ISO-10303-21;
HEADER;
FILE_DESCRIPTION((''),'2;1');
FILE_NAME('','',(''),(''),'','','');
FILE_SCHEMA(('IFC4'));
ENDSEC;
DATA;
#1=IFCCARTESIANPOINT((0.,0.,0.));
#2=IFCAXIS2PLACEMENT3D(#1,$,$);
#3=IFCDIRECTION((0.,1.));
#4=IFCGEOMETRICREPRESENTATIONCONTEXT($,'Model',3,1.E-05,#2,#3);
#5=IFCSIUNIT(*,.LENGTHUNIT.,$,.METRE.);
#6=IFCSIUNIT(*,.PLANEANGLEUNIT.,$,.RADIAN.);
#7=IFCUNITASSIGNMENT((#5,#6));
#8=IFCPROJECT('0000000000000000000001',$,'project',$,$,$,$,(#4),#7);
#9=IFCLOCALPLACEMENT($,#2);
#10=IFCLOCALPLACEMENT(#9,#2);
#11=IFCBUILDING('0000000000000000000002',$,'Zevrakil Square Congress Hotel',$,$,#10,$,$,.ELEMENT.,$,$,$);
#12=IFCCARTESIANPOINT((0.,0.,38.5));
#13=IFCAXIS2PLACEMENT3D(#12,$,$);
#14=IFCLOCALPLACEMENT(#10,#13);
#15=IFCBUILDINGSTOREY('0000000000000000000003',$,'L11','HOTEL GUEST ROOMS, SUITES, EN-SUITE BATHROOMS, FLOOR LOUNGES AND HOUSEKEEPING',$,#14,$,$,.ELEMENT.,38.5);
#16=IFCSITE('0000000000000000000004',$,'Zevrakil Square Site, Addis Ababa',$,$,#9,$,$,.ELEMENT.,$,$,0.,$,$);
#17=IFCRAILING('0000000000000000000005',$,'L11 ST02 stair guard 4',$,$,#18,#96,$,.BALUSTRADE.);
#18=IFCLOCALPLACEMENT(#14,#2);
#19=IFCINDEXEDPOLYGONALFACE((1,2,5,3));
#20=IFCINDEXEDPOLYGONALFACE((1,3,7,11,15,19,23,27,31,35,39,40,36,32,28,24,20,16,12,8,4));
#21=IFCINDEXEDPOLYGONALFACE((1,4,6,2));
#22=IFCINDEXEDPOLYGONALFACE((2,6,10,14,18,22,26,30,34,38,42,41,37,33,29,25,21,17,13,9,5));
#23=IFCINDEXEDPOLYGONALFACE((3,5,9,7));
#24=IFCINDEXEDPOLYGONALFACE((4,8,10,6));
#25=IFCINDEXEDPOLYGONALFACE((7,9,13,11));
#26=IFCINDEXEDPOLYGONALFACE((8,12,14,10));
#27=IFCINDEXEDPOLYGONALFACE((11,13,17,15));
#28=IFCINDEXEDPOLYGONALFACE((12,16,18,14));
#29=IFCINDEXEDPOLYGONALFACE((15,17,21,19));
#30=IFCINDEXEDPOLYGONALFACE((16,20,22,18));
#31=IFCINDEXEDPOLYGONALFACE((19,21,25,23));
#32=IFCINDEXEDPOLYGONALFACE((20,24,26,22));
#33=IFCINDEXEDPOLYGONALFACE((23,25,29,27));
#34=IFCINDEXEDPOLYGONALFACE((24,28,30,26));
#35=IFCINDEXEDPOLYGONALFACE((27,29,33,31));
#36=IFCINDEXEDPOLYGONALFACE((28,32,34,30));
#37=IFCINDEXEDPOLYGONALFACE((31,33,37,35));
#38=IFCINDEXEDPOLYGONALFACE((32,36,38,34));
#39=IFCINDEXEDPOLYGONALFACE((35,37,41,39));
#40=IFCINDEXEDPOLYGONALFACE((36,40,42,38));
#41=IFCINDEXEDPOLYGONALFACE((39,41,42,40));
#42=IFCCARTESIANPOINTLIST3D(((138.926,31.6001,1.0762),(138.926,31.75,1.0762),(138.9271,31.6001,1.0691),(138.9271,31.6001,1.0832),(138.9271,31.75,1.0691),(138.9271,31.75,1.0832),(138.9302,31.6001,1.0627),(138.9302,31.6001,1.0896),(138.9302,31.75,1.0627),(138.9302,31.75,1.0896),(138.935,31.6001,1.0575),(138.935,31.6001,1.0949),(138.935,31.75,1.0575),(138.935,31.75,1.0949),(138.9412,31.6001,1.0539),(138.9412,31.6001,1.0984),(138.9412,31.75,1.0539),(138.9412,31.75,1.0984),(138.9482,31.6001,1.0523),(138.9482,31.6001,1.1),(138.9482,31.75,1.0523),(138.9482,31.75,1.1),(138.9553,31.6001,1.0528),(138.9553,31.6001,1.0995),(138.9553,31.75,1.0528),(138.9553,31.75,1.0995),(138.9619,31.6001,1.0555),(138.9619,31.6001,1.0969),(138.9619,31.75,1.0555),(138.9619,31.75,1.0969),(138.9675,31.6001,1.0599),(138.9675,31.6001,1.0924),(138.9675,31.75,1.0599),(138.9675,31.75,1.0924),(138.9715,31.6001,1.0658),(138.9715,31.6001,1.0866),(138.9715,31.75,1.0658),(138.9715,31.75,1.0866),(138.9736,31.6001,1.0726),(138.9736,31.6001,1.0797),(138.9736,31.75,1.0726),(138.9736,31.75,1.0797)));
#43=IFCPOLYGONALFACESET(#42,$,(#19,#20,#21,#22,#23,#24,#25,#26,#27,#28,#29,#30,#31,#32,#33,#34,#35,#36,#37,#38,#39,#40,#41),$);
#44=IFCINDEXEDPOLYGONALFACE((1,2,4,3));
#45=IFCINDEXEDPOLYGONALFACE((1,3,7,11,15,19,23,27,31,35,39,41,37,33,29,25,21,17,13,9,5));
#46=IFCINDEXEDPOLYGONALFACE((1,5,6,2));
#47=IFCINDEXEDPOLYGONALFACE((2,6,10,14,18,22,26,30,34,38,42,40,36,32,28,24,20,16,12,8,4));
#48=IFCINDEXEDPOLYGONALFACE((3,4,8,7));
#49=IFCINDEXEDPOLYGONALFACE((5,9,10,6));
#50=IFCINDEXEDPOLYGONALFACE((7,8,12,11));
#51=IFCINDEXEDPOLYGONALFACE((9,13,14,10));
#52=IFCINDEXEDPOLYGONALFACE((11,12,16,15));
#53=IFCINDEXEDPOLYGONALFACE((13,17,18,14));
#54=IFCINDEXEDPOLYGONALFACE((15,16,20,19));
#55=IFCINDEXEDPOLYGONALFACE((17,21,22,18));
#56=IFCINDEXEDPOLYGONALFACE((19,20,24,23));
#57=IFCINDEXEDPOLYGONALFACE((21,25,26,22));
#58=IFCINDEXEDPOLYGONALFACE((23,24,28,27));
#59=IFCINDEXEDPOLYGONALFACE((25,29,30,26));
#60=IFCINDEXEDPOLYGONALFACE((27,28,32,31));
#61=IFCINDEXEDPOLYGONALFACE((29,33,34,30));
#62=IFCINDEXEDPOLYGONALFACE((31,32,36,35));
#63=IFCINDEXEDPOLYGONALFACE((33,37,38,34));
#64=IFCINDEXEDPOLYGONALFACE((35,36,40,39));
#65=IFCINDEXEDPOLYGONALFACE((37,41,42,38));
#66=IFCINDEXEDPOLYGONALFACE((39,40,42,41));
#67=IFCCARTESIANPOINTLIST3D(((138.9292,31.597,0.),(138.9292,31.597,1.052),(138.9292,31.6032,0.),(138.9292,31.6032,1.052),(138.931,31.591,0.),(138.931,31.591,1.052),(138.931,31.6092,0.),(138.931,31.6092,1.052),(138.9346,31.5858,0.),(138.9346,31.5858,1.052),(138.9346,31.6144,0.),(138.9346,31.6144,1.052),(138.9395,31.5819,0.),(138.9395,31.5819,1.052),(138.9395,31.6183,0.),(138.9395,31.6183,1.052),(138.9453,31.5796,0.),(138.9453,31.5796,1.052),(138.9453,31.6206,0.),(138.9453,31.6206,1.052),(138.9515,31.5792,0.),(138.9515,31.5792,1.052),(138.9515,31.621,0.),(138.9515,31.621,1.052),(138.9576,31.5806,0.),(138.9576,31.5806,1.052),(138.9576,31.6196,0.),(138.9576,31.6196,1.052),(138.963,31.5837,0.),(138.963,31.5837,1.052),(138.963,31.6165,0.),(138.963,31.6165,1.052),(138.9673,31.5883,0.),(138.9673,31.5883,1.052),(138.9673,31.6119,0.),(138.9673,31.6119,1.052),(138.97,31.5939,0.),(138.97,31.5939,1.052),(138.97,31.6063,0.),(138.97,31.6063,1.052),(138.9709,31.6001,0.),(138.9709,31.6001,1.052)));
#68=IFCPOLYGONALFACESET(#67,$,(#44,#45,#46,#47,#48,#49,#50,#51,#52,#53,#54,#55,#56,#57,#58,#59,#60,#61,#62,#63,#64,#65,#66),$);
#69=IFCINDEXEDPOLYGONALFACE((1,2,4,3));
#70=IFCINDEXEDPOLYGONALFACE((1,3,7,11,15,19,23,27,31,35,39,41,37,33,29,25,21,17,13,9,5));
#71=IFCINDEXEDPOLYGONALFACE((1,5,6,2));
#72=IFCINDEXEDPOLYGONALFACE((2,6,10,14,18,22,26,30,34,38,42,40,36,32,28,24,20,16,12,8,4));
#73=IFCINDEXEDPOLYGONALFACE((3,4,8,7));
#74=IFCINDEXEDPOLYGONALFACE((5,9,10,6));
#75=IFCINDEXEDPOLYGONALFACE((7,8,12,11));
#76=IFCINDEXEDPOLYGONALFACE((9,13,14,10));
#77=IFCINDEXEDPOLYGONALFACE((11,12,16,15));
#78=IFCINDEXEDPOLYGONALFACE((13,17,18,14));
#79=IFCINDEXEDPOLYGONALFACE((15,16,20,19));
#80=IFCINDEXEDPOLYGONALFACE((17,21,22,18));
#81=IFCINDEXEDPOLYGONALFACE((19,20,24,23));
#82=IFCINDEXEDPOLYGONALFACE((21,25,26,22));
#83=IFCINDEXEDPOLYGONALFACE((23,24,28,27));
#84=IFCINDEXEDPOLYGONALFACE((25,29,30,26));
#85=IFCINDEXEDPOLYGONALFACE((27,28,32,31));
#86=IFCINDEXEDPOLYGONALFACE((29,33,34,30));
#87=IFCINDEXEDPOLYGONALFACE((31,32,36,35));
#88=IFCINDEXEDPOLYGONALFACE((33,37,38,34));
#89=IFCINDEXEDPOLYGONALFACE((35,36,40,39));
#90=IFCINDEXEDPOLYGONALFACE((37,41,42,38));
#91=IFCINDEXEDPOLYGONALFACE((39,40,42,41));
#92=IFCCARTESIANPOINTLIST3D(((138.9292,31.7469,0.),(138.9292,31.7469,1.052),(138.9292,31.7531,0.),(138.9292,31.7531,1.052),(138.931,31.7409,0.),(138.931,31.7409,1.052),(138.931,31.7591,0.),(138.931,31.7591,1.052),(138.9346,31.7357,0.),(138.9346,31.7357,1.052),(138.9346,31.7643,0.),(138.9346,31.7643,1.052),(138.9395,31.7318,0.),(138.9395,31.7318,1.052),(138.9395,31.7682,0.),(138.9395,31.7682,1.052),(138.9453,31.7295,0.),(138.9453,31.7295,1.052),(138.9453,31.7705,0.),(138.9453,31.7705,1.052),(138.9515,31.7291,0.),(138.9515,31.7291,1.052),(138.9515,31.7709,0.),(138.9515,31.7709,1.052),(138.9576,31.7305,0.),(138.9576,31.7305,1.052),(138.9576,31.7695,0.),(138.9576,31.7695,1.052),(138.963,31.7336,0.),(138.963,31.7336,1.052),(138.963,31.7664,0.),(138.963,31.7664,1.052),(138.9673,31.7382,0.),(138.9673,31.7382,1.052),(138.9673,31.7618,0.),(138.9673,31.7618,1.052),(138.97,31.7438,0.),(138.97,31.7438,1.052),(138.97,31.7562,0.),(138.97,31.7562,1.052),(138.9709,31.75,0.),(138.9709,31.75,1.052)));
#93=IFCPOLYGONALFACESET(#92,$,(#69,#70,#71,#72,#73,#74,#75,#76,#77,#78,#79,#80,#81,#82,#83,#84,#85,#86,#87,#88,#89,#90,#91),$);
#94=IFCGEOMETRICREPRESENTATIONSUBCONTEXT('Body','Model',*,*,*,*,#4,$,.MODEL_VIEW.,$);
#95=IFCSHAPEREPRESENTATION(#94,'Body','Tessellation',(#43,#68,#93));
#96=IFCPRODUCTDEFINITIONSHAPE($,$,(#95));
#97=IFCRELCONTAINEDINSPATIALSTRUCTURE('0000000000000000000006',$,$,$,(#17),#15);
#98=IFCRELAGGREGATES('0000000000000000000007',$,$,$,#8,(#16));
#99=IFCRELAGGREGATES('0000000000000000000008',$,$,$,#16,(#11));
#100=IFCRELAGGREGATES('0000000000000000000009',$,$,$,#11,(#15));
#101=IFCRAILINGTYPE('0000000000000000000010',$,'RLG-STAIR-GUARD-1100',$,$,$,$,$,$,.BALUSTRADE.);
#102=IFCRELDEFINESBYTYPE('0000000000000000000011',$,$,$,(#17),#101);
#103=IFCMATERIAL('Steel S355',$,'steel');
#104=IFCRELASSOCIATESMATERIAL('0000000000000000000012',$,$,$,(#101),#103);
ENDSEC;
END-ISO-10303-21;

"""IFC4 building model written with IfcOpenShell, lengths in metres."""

from ifc_helpers import new_model, si_unit, direction, frame, origin, origin_2d, place, context, subcontext, project, spatial, circle, extrude, material, type_object, element, save


model = new_model("IFC4")

# Units and contexts
model_context = context("Model", 3, precision=1e-05, world=origin(), true_north=direction((0.0, 1.0)))
body_context = subcontext(model_context, "Body", "Model", "MODEL_VIEW")
ifc_project = project(units=[si_unit("LENGTHUNIT", "METRE"), si_unit("PLANEANGLEUNIT", "RADIAN")], contexts=[model_context])

# Site, building, storey
site_placement = place(None, origin())
site = spatial("IfcSite", under=ifc_project, at=site_placement, Name="Zevrakil Square Site, Addis Ababa", CompositionType="ELEMENT", RefElevation=0.0)
building_placement = place(site_placement, origin())
building = spatial("IfcBuilding", under=site, at=building_placement, Name="Zevrakil Square Congress Hotel", CompositionType="ELEMENT")
storey_placement = place(building_placement, frame((0.0, 0.0, 38.5)))
storey = spatial("IfcBuildingStorey", under=building, at=storey_placement, Name="L11", Description="HOTEL GUEST ROOMS, SUITES, EN-SUITE BATHROOMS, FLOOR LOUNGES AND HOUSEKEEPING", CompositionType="ELEMENT", Elevation=38.5)

# Railing
ifc_material_1 = material(Name="Steel S355", Category="steel")
railing_type_1 = type_object("IfcRailingType", Name="RLG-STAIR-GUARD-1100", PredefinedType="BALUSTRADE", material=ifc_material_1)
railing_1_placement = place(storey_placement, frame((138.95, 31.6001, 0.0)))
element("IfcRailing", 1, at=railing_1_placement, inside=storey, type_object=railing_type_1, Name="L11 ST02 stair guard 4", PredefinedType="BALUSTRADE", context=body_context, shape_type="SweptSolid", body=[
    extrude(circle(Radius=0.0239, at=origin_2d()), frame((0.0, 0.0, 1.0762), z_axis=(0.0, 1.0, 0.0), x_axis=(-1.0, 0.0, 0.0)), (0.0, 0.0, 1.0), 0.1499),
    extrude(circle(Radius=0.021, at=origin_2d()), origin(), (0.0, 0.0, 1.0), 1.052),
    extrude(circle(Radius=0.021, at=origin_2d()), frame((0.0, 0.1499, 0.0)), (0.0, 0.0, 1.0), 1.052),
])

save(model, "model.ifc")
